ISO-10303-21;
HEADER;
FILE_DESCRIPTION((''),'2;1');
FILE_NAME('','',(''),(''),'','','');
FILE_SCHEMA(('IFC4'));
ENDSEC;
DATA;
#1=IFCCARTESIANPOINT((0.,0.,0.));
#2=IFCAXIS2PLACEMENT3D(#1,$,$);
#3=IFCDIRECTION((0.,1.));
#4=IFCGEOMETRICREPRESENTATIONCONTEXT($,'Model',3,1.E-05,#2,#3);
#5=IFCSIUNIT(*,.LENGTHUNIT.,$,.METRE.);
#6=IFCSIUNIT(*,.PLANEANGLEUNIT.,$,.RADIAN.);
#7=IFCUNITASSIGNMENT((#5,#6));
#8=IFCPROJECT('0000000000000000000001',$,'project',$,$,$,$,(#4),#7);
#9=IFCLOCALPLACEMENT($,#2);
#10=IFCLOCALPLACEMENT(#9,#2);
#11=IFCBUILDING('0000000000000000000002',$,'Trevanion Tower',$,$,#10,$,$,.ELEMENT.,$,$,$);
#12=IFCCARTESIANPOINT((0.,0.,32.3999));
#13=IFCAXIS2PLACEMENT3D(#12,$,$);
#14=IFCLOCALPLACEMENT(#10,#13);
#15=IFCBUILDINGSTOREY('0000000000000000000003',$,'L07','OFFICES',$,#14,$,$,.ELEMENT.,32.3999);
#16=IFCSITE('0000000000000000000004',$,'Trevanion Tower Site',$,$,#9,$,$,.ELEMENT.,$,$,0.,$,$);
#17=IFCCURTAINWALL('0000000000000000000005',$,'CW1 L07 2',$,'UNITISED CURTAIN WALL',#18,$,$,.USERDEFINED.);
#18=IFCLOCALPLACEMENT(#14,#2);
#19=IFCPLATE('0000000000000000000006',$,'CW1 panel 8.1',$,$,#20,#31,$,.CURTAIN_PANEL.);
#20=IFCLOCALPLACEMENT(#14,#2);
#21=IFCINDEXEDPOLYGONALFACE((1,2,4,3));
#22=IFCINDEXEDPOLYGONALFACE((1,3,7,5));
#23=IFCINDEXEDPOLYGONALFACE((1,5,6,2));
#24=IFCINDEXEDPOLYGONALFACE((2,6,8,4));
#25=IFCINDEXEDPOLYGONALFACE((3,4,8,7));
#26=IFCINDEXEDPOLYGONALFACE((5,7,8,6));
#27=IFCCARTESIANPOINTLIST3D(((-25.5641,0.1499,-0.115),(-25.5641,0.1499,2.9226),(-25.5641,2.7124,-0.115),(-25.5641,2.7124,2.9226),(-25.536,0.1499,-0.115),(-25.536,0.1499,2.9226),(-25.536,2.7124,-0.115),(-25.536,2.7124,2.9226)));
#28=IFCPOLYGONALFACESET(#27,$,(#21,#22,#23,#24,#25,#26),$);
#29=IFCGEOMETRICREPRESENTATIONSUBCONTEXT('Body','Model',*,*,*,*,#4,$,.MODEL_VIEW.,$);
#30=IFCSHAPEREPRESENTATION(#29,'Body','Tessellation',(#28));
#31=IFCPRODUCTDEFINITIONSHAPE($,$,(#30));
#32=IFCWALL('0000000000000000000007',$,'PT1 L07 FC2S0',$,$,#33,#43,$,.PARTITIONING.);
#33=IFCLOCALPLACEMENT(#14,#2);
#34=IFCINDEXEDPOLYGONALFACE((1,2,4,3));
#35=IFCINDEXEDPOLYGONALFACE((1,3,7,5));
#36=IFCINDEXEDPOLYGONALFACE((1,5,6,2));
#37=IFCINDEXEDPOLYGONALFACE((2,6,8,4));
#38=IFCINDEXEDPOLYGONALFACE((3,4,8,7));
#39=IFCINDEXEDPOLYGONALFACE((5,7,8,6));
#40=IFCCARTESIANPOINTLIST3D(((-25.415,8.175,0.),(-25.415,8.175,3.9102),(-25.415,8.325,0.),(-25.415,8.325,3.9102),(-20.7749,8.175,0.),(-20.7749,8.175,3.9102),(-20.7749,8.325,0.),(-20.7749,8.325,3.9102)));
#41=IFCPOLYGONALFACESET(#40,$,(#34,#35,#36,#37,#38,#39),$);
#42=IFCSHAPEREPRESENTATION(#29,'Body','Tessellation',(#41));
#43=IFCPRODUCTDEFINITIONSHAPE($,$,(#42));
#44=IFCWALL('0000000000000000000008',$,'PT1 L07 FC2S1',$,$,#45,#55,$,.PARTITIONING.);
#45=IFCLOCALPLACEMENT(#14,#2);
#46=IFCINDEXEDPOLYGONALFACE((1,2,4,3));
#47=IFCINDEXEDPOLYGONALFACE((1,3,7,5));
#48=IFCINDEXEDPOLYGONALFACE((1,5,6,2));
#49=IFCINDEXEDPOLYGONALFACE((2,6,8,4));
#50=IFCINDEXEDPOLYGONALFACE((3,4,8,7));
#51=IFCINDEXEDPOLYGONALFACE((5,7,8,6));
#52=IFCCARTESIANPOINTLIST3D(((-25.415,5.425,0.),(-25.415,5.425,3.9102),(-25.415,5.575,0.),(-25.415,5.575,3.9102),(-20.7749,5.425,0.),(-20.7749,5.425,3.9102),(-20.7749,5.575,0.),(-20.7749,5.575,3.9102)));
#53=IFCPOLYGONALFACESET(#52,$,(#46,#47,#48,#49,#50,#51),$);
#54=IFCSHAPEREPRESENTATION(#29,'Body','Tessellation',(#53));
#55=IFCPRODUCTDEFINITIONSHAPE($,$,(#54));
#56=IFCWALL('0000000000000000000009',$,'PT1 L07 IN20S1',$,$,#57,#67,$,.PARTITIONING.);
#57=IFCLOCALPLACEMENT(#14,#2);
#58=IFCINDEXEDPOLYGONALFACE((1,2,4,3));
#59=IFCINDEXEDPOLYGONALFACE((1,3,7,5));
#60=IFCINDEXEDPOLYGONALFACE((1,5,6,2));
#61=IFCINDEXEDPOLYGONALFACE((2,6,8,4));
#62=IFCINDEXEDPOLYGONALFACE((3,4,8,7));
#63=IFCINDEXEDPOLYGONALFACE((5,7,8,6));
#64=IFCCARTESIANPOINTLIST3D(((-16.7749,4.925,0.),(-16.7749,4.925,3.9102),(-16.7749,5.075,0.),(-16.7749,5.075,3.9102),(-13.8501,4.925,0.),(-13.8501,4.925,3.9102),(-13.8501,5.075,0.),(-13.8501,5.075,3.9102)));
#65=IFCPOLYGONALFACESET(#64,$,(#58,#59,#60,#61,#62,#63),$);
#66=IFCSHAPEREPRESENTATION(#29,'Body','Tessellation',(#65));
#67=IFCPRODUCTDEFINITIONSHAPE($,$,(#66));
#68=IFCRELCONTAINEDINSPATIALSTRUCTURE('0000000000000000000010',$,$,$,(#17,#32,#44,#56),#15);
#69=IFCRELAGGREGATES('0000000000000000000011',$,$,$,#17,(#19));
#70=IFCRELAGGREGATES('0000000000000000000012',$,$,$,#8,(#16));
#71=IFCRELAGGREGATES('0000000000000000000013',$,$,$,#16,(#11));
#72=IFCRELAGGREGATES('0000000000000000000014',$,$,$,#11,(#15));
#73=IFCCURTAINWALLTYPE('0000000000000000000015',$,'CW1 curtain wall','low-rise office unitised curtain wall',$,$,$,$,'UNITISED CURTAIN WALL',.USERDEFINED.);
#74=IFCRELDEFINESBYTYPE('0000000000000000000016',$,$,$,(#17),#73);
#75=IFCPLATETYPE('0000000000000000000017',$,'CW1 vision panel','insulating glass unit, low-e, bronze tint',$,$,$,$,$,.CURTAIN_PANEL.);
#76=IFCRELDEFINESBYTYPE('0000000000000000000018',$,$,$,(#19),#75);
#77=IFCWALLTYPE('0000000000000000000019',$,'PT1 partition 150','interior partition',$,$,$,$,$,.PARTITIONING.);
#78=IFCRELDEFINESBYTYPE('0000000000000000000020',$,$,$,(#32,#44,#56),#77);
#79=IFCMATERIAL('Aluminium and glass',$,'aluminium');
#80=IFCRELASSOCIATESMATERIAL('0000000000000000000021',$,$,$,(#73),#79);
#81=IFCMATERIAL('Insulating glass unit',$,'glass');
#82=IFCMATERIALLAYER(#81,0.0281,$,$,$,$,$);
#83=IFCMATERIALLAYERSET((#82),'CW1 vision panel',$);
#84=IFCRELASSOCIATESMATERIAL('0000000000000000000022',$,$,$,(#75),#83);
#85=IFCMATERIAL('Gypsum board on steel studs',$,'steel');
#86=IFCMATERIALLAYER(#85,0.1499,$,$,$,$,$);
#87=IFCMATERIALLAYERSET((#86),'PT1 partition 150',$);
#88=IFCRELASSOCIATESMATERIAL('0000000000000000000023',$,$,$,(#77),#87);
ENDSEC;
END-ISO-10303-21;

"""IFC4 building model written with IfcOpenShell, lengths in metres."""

from ifc_helpers import new_model, si_unit, direction, frame, frame_2d, origin, origin_2d, place, context, subcontext, project, spatial, rectangle, extrude, material, layer, layer_set, type_object, element, aggregate, save


model = new_model("IFC4")

# Units and contexts
model_context = context("Model", 3, precision=1e-05, world=origin(), true_north=direction((0.0, 1.0)))
body_context = subcontext(model_context, "Body", "Model", "MODEL_VIEW")
ifc_project = project(units=[si_unit("LENGTHUNIT", "METRE"), si_unit("PLANEANGLEUNIT", "RADIAN")], contexts=[model_context])

# Site, building, storey
site_placement = place(None, origin())
site = spatial("IfcSite", under=ifc_project, at=site_placement, Name="Trevanion Tower Site", CompositionType="ELEMENT", RefElevation=0.0)
building_placement = place(site_placement, origin())
building = spatial("IfcBuilding", under=site, at=building_placement, Name="Trevanion Tower", CompositionType="ELEMENT")
storey_placement = place(building_placement, frame((0.0, 0.0, 32.3999)))
storey = spatial("IfcBuildingStorey", under=building, at=storey_placement, Name="L07", Description="OFFICES", CompositionType="ELEMENT", Elevation=32.3999)

# Curtain wall, plate
ifc_material_1 = material(Name="Aluminium and glass", Category="aluminium")
curtain_wall_type = type_object("IfcCurtainWallType", Name="CW1 curtain wall", Description="low-rise office unitised curtain wall", ElementType="UNITISED CURTAIN WALL", PredefinedType="USERDEFINED", material=ifc_material_1)
curtain_wall_placement = place(storey_placement, origin())
curtain_wall = element("IfcCurtainWall", 1, at=curtain_wall_placement, inside=storey, type_object=curtain_wall_type, Name="CW1 L07 2", ObjectType="UNITISED CURTAIN WALL", PredefinedType="USERDEFINED")
ifc_material_2 = material(Name="Insulating glass unit", Category="glass")
ifc_layer_1 = layer(ifc_material_2, 0.0281)
ifc_layer_set_1 = layer_set([ifc_layer_1], Name="CW1 vision panel")
plate_type_1 = type_object("IfcPlateType", Name="CW1 vision panel", Description="insulating glass unit, low-e, bronze tint", PredefinedType="CURTAIN_PANEL", material=ifc_layer_set_1)
plate_1_placement = place(storey_placement, frame((-25.55, 1.4312, -0.115), z_axis=(0.0, 0.0, 1.0), x_axis=(0.0, -1.0, 0.0)))
plate_1 = element("IfcPlate", 2, at=plate_1_placement, type_object=plate_type_1, Name="CW1 panel 8.1", PredefinedType="CURTAIN_PANEL", context=body_context, shape_type="SweptSolid", body=[
    extrude(rectangle(XDim=2.5625, YDim=0.0281, at=origin_2d()), origin(), (0.0, 0.0, 1.0), 3.0376),
])
aggregate(curtain_wall, [plate_1])

# Walls
ifc_material_3 = material(Name="Gypsum board on steel studs", Category="steel")
ifc_layer_2 = layer(ifc_material_3, 0.1499)
ifc_layer_set_2 = layer_set([ifc_layer_2], Name="PT1 partition 150")
wall_type = type_object("IfcWallType", Name="PT1 partition 150", Description="interior partition", PredefinedType="PARTITIONING", material=ifc_layer_set_2)
for number, where, z_axis, x_axis, name in (
    (3, (-20.7749, 8.25, 0.0), (0.0, 0.0, 1.0), (-1.0, 0.0, 0.0), "PT1 L07 FC2S0"),
    (4, (-20.7749, 5.5, 0.0), (0.0, 0.0, 1.0), (-1.0, 0.0, 0.0), "PT1 L07 FC2S1"),
):
    element("IfcWall", number, at=place(storey_placement, frame(where, z_axis=z_axis, x_axis=x_axis)), inside=storey, type_object=wall_type, Name=name, PredefinedType="PARTITIONING", context=body_context, shape_type="SweptSolid", body=[
        extrude(rectangle(XDim=4.6401, YDim=0.1499, at=frame_2d((2.3201, 0.0))), origin(), (0.0, 0.0, 1.0), 3.9102),
    ])
wall_placement = place(storey_placement, frame((-16.7749, 5.0, 0.0), z_axis=(0.0, 0.0, 1.0), x_axis=(1.0, 0.0, 0.0)))
element("IfcWall", 5, at=wall_placement, inside=storey, type_object=wall_type, Name="PT1 L07 IN20S1", PredefinedType="PARTITIONING", context=body_context, shape_type="SweptSolid", body=[
    extrude(rectangle(XDim=2.9248, YDim=0.1499, at=frame_2d((1.4624, 0.0))), origin(), (0.0, 0.0, 1.0), 3.9102),
])

save(model, "model.ifc")
